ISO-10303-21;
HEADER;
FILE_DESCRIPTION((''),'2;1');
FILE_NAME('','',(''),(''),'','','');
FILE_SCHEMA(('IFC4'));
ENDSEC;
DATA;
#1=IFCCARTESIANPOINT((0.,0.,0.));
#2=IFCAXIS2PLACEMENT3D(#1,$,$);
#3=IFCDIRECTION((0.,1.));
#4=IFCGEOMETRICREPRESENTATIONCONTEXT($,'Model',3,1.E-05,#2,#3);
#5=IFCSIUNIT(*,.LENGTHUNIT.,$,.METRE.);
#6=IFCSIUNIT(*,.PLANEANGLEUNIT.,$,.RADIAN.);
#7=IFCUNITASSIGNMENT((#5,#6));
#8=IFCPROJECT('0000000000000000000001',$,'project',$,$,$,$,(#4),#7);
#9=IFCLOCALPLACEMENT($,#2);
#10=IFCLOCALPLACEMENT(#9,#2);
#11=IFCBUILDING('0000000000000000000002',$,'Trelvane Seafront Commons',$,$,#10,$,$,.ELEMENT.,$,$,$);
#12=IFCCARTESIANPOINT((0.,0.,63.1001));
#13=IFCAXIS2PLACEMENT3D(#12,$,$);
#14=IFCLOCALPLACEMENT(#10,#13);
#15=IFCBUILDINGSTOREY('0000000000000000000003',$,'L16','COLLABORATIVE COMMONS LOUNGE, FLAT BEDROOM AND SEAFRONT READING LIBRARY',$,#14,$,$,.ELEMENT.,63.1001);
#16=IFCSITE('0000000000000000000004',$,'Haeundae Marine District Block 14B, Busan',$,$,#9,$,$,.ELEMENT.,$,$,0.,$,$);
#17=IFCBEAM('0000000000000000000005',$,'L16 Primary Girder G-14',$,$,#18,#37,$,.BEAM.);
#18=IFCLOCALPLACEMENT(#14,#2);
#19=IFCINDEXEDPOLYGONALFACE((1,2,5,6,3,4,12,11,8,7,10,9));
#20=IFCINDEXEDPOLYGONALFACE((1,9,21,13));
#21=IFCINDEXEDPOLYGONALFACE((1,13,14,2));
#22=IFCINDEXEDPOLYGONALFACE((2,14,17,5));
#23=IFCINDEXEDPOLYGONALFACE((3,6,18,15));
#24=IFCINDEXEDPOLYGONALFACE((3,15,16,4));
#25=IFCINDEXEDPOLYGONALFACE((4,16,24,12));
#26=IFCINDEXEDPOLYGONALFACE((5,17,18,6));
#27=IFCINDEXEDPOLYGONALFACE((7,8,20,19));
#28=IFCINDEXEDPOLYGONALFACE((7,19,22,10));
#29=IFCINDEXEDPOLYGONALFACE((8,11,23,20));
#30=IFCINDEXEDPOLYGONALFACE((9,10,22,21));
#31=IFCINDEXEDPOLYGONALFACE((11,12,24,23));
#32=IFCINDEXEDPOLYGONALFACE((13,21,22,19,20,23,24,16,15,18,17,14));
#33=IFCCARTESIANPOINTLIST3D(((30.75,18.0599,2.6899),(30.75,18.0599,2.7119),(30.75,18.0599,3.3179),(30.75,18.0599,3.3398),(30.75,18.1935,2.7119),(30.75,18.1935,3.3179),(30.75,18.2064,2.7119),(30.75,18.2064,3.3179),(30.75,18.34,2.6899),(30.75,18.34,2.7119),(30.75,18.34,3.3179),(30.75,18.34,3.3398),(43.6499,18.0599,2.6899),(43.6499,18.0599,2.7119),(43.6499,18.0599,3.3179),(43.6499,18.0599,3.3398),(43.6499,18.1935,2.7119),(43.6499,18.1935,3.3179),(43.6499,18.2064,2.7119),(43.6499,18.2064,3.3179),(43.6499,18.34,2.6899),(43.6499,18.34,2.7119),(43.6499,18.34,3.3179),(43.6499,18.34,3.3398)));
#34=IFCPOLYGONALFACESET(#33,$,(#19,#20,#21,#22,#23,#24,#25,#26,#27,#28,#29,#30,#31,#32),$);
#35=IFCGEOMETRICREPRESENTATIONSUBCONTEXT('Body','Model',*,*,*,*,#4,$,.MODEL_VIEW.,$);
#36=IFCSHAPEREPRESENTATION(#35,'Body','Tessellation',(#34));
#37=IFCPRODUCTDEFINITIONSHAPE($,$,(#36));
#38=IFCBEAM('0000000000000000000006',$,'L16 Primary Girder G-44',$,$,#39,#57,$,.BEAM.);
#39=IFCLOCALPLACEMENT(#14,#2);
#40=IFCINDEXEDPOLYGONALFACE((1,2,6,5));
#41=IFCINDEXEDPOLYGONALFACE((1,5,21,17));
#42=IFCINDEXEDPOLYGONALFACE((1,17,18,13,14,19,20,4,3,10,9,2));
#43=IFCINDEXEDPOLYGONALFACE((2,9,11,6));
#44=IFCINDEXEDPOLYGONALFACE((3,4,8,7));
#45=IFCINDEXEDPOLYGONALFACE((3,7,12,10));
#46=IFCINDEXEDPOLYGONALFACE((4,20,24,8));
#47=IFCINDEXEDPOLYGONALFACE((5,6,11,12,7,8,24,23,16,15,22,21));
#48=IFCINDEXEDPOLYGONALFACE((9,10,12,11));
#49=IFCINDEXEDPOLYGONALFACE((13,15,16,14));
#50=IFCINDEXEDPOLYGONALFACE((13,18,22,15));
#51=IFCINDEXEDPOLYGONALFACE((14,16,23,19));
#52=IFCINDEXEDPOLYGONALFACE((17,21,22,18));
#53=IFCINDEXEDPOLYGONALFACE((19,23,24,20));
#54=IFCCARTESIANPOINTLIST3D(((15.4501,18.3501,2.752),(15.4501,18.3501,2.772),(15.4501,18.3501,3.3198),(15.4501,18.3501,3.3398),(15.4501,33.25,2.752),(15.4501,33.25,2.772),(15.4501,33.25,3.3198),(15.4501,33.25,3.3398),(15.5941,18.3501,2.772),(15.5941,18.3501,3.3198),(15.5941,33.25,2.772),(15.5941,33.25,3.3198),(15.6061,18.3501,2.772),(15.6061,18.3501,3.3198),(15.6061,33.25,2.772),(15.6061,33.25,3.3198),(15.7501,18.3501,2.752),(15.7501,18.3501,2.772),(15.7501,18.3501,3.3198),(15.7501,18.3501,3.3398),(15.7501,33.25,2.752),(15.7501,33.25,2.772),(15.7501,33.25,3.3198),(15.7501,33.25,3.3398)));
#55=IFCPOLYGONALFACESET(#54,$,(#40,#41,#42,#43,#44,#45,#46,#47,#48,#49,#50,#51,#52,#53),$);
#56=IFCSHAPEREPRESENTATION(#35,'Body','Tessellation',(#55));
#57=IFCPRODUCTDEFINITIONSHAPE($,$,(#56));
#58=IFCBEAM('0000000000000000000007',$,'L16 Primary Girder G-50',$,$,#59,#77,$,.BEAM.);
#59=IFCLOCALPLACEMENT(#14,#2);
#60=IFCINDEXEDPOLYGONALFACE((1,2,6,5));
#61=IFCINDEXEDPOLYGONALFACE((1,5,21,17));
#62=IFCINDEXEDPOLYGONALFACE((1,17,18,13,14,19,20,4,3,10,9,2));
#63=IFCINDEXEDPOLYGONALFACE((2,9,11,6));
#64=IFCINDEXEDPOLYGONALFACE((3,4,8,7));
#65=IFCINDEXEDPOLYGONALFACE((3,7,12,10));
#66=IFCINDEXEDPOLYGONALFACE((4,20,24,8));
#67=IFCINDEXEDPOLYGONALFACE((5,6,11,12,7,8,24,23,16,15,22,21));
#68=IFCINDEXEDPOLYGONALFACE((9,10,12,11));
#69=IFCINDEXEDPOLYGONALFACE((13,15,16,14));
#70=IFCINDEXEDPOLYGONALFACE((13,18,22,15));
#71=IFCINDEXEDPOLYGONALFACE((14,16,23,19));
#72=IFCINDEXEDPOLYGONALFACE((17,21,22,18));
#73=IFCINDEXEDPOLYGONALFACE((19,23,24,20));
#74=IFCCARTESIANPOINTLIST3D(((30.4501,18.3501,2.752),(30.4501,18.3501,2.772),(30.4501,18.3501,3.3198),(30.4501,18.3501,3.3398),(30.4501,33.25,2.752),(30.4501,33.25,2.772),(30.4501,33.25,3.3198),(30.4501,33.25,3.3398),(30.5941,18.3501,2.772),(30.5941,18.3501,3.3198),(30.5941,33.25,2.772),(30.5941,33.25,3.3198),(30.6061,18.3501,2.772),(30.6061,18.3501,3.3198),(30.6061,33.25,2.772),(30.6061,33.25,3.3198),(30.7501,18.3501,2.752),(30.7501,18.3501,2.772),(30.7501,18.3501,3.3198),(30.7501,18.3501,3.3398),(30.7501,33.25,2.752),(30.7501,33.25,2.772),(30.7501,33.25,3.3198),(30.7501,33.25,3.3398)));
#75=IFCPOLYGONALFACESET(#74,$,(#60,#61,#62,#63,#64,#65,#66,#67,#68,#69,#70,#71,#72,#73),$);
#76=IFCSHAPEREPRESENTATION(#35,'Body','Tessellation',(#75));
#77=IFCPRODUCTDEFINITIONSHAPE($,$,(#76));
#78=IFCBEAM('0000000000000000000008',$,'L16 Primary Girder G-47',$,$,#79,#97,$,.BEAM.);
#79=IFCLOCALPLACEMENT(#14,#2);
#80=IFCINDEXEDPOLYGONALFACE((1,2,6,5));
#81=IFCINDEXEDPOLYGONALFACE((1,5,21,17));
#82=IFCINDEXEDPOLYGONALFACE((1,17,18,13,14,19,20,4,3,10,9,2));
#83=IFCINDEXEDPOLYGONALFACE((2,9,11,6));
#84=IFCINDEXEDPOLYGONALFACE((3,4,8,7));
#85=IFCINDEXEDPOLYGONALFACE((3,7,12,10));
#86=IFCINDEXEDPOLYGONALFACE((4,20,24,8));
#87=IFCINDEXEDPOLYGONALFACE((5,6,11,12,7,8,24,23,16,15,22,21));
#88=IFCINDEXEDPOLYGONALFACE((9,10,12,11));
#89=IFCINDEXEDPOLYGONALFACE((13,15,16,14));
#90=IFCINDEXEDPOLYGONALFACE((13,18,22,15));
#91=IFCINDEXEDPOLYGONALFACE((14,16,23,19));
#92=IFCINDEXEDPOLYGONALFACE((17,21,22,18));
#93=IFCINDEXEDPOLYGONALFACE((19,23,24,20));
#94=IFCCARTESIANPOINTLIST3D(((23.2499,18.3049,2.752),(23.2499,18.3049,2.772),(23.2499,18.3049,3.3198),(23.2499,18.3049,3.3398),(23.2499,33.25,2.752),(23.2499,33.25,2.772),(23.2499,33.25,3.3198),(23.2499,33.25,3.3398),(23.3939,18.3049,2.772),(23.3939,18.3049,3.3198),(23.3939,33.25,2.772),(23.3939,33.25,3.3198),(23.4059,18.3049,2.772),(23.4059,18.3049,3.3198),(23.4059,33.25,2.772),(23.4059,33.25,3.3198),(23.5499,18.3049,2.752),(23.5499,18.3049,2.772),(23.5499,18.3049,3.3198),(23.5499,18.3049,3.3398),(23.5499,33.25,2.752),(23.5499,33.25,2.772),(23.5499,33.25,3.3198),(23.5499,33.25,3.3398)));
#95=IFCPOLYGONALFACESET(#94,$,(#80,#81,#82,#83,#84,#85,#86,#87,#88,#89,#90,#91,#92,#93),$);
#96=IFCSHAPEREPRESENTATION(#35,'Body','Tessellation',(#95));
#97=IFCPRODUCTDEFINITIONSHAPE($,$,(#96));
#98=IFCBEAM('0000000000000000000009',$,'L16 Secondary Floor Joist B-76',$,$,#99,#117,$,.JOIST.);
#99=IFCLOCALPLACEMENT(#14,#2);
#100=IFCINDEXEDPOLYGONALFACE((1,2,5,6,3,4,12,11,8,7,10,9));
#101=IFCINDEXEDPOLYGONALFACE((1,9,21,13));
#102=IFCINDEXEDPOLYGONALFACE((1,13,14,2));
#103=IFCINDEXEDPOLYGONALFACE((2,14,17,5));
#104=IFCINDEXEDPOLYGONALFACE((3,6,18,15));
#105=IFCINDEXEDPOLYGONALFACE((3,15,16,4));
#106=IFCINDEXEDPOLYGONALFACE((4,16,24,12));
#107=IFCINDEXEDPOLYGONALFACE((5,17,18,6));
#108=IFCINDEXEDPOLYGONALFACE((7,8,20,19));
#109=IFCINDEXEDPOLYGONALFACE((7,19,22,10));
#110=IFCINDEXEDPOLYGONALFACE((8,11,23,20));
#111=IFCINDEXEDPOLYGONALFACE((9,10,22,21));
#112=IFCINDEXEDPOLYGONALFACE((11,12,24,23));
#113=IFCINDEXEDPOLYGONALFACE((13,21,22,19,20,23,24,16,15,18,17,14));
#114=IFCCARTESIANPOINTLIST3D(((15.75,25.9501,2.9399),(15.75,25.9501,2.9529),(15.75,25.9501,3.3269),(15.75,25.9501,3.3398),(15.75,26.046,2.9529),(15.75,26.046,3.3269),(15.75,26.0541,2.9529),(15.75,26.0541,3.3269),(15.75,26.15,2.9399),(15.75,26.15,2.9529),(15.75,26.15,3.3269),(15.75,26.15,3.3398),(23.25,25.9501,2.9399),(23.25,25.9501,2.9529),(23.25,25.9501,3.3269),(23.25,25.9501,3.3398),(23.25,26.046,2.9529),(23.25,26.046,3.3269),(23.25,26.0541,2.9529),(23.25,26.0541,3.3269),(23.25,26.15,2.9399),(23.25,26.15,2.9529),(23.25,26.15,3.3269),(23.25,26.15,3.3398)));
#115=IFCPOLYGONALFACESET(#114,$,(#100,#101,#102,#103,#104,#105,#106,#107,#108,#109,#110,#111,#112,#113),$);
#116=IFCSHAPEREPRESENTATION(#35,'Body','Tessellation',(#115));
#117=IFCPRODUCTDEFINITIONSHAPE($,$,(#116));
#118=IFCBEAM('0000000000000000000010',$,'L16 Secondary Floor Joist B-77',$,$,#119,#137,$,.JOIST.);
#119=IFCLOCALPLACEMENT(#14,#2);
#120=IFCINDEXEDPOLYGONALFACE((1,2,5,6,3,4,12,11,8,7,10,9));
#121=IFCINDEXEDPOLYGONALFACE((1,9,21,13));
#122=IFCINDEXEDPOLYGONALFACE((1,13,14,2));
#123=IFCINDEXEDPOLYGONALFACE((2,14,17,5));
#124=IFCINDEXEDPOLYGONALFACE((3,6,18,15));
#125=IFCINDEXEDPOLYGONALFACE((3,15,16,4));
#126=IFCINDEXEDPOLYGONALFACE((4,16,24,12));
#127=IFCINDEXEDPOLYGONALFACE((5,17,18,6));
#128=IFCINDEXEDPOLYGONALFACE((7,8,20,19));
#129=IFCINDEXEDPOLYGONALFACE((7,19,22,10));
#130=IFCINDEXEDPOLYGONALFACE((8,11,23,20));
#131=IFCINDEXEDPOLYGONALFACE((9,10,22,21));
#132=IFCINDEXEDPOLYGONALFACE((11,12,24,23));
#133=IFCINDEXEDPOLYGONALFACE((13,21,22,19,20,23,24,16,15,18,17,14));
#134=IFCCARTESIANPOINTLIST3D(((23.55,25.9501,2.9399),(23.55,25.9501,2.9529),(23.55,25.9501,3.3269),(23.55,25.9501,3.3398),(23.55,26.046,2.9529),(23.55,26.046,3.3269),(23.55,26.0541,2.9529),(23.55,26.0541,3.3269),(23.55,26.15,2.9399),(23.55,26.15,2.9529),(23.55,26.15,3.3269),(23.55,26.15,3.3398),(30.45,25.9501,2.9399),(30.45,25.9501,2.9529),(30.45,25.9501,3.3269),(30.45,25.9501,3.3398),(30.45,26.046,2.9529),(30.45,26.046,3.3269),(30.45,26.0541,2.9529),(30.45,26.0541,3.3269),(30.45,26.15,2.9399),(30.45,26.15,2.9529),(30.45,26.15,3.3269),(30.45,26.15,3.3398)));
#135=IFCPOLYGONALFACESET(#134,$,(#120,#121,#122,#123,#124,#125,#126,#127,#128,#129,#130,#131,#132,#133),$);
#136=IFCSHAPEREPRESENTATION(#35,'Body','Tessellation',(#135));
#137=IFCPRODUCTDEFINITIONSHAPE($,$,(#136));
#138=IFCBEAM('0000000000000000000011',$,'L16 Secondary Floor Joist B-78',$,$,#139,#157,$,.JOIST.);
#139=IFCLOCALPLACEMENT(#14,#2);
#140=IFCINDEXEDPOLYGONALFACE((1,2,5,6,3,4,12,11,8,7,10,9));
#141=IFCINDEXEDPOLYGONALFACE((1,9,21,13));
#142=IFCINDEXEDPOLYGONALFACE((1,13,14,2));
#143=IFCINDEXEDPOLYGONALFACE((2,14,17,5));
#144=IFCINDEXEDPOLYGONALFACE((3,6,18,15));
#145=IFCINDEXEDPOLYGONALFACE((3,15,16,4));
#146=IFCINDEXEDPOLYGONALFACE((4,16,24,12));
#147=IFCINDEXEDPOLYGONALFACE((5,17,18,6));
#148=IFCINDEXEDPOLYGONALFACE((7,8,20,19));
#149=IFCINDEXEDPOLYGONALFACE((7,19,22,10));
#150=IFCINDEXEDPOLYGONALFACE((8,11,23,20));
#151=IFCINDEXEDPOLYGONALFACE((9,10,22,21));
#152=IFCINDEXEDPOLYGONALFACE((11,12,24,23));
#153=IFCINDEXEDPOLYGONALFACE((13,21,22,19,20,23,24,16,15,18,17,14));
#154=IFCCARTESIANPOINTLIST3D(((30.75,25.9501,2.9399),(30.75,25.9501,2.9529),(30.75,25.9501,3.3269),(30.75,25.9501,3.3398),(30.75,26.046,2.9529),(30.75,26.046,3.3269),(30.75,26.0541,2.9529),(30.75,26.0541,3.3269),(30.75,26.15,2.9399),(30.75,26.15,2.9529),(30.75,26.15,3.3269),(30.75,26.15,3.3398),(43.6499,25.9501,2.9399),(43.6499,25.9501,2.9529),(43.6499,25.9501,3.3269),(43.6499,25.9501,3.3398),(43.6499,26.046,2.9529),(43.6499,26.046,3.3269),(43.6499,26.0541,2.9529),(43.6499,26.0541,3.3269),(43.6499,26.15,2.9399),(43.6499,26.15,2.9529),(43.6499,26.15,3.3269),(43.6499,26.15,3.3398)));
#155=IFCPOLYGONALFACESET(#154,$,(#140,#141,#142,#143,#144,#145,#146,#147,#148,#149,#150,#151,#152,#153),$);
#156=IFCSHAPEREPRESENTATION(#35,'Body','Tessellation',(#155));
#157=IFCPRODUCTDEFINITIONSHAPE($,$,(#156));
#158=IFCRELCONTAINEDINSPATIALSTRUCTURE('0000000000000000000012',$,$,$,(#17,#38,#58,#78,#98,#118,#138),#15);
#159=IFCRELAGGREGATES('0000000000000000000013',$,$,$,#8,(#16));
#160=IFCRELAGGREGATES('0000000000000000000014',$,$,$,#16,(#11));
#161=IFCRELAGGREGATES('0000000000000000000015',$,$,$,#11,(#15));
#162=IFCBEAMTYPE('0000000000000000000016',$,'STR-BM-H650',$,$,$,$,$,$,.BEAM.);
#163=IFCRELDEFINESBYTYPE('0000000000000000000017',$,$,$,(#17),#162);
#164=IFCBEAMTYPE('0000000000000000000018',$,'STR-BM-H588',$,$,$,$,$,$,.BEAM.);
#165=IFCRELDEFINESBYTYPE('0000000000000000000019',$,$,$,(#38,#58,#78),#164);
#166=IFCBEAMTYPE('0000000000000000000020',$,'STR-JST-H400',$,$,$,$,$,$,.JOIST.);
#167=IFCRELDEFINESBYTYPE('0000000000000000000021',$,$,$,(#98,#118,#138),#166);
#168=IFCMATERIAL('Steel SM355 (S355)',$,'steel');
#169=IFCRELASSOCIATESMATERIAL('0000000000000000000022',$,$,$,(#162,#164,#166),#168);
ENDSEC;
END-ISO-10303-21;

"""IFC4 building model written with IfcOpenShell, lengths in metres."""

from ifc_helpers import new_model, si_unit, direction, frame, origin, origin_2d, place, context, subcontext, project, spatial, i_section, extrude, source, transform, mapped, material, material_profile, profile_set, type_object, element, save


model = new_model("IFC4")

# Units and contexts
model_context = context("Model", 3, precision=1e-05, world=origin(), true_north=direction((0.0, 1.0)))
body_context = subcontext(model_context, "Body", "Model", "MODEL_VIEW")
ifc_project = project(units=[si_unit("LENGTHUNIT", "METRE"), si_unit("PLANEANGLEUNIT", "RADIAN")], contexts=[model_context])

# Site, building, storey
site_placement = place(None, origin())
site = spatial("IfcSite", under=ifc_project, at=site_placement, Name="Haeundae Marine District Block 14B, Busan", CompositionType="ELEMENT", RefElevation=0.0)
building_placement = place(site_placement, origin())
building = spatial("IfcBuilding", under=site, at=building_placement, Name="Trelvane Seafront Commons", CompositionType="ELEMENT")
storey_placement = place(building_placement, frame((0.0, 0.0, 63.1001)))
storey = spatial("IfcBuildingStorey", under=building, at=storey_placement, Name="L16", Description="COLLABORATIVE COMMONS LOUNGE, FLAT BEDROOM AND SEAFRONT READING LIBRARY", CompositionType="ELEMENT", Elevation=63.1001)

# Beams
ifc_material_1 = material(Name="Steel SM355 (S355)", Category="steel")
ifc_material_profile_1 = material_profile(ifc_material_1, i_section(OverallWidth=0.28, OverallDepth=0.6499, WebThickness=0.0129, FlangeThickness=0.022, at=origin_2d()), Name="H-650x280x13x22")
ifc_profile_set_1 = profile_set([ifc_material_profile_1], Name="Steel SM355 (S355)")
beam_type_1 = type_object("IfcBeamType", Name="STR-BM-H650", PredefinedType="BEAM", material=ifc_profile_set_1)
shared_shape_1 = source(origin(), body_context, "Body", "SweptSolid", [
    extrude(i_section(OverallWidth=0.28, OverallDepth=0.6499, WebThickness=0.0129, FlangeThickness=0.022, at=origin_2d()), origin(), (0.0, 0.0, 1.0), 12.8999),
])
beam_1_placement = place(storey_placement, frame((30.75, 18.2, 3.0149), z_axis=(1.0, 0.0, 0.0), x_axis=(0.0, 1.0, 0.0)))
element("IfcBeam", 1, at=beam_1_placement, inside=storey, type_object=beam_type_1, Name="L16 Primary Girder G-14", PredefinedType="BEAM", context=body_context, shape_type="MappedRepresentation", body=[
    mapped(shared_shape_1, transform((0.0, 0.0, 0.0), x_axis=(1.0, 0.0, 0.0), y_axis=(0.0, 1.0, 0.0), z_axis=(0.0, 0.0, 1.0), scale=1.0)),
])
ifc_material_profile_2 = material_profile(ifc_material_1, i_section(OverallWidth=0.3, OverallDepth=0.5879, WebThickness=0.012, FlangeThickness=0.02, at=origin_2d()), Name="H-588x300x12x20")
ifc_profile_set_2 = profile_set([ifc_material_profile_2], Name="Steel SM355 (S355)")
beam_type_2 = type_object("IfcBeamType", Name="STR-BM-H588", PredefinedType="BEAM", material=ifc_profile_set_2)
shared_shape_2 = source(origin(), body_context, "Body", "SweptSolid", [
    extrude(i_section(OverallWidth=0.3, OverallDepth=0.5879, WebThickness=0.012, FlangeThickness=0.02, at=origin_2d()), origin(), (0.0, 0.0, 1.0), 14.8999),
])
for number, where, z_axis, x_axis, name in (
    (2, (15.6001, 18.3501, 3.0459), (0.0, 1.0, 0.0), (-1.0, 0.0, 0.0), "L16 Primary Girder G-44"),
    (3, (30.6001, 18.3501, 3.0459), (0.0, 1.0, 0.0), (-1.0, 0.0, 0.0), "L16 Primary Girder G-50"),
):
    element("IfcBeam", number, at=place(storey_placement, frame(where, z_axis=z_axis, x_axis=x_axis)), inside=storey, type_object=beam_type_2, Name=name, PredefinedType="BEAM", context=body_context, shape_type="MappedRepresentation", body=[
        mapped(shared_shape_2, transform((0.0, 0.0, 0.0), x_axis=(1.0, 0.0, 0.0), y_axis=(0.0, 1.0, 0.0), z_axis=(0.0, 0.0, 1.0), scale=1.0)),
    ])
shared_shape_3 = source(origin(), body_context, "Body", "SweptSolid", [
    extrude(i_section(OverallWidth=0.3, OverallDepth=0.5879, WebThickness=0.012, FlangeThickness=0.02, at=origin_2d()), origin(), (0.0, 0.0, 1.0), 14.9451),
])
beam_2_placement = place(storey_placement, frame((23.3999, 18.3049, 3.0459), z_axis=(0.0, 1.0, 0.0), x_axis=(-1.0, 0.0, 0.0)))
element("IfcBeam", 4, at=beam_2_placement, inside=storey, type_object=beam_type_2, Name="L16 Primary Girder G-47", PredefinedType="BEAM", context=body_context, shape_type="MappedRepresentation", body=[
    mapped(shared_shape_3, transform((0.0, 0.0, 0.0), x_axis=(1.0, 0.0, 0.0), y_axis=(0.0, 1.0, 0.0), z_axis=(0.0, 0.0, 1.0), scale=1.0)),
])
ifc_material_profile_3 = material_profile(ifc_material_1, i_section(OverallWidth=0.2, OverallDepth=0.3999, WebThickness=0.0081, FlangeThickness=0.0129, at=origin_2d()), Name="H-400x200x8x13")
ifc_profile_set_3 = profile_set([ifc_material_profile_3], Name="Steel SM355 (S355)")
beam_type_3 = type_object("IfcBeamType", Name="STR-JST-H400", PredefinedType="JOIST", material=ifc_profile_set_3)
shared_shape_4 = source(origin(), body_context, "Body", "SweptSolid", [
    extrude(i_section(OverallWidth=0.2, OverallDepth=0.3999, WebThickness=0.0081, FlangeThickness=0.0129, at=origin_2d()), origin(), (0.0, 0.0, 1.0), 7.5),
])
beam_3_placement = place(storey_placement, frame((15.75, 26.05, 3.1399), z_axis=(1.0, 0.0, 0.0), x_axis=(0.0, 1.0, 0.0)))
element("IfcBeam", 5, at=beam_3_placement, inside=storey, type_object=beam_type_3, Name="L16 Secondary Floor Joist B-76", PredefinedType="JOIST", context=body_context, shape_type="MappedRepresentation", body=[
    mapped(shared_shape_4, transform((0.0, 0.0, 0.0), x_axis=(1.0, 0.0, 0.0), y_axis=(0.0, 1.0, 0.0), z_axis=(0.0, 0.0, 1.0), scale=1.0)),
])
shared_shape_5 = source(origin(), body_context, "Body", "SweptSolid", [
    extrude(i_section(OverallWidth=0.2, OverallDepth=0.3999, WebThickness=0.0081, FlangeThickness=0.0129, at=origin_2d()), origin(), (0.0, 0.0, 1.0), 6.8999),
])
beam_4_placement = place(storey_placement, frame((23.55, 26.05, 3.1399), z_axis=(1.0, 0.0, 0.0), x_axis=(0.0, 1.0, 0.0)))
element("IfcBeam", 6, at=beam_4_placement, inside=storey, type_object=beam_type_3, Name="L16 Secondary Floor Joist B-77", PredefinedType="JOIST", context=body_context, shape_type="MappedRepresentation", body=[
    mapped(shared_shape_5, transform((0.0, 0.0, 0.0), x_axis=(1.0, 0.0, 0.0), y_axis=(0.0, 1.0, 0.0), z_axis=(0.0, 0.0, 1.0), scale=1.0)),
])
shared_shape_6 = source(origin(), body_context, "Body", "SweptSolid", [
    extrude(i_section(OverallWidth=0.2, OverallDepth=0.3999, WebThickness=0.0081, FlangeThickness=0.0129, at=origin_2d()), origin(), (0.0, 0.0, 1.0), 12.8999),
])
beam_5_placement = place(storey_placement, frame((30.75, 26.05, 3.1399), z_axis=(1.0, 0.0, 0.0), x_axis=(0.0, 1.0, 0.0)))
element("IfcBeam", 7, at=beam_5_placement, inside=storey, type_object=beam_type_3, Name="L16 Secondary Floor Joist B-78", PredefinedType="JOIST", context=body_context, shape_type="MappedRepresentation", body=[
    mapped(shared_shape_6, transform((0.0, 0.0, 0.0), x_axis=(1.0, 0.0, 0.0), y_axis=(0.0, 1.0, 0.0), z_axis=(0.0, 0.0, 1.0), scale=1.0)),
])

save(model, "model.ifc")
